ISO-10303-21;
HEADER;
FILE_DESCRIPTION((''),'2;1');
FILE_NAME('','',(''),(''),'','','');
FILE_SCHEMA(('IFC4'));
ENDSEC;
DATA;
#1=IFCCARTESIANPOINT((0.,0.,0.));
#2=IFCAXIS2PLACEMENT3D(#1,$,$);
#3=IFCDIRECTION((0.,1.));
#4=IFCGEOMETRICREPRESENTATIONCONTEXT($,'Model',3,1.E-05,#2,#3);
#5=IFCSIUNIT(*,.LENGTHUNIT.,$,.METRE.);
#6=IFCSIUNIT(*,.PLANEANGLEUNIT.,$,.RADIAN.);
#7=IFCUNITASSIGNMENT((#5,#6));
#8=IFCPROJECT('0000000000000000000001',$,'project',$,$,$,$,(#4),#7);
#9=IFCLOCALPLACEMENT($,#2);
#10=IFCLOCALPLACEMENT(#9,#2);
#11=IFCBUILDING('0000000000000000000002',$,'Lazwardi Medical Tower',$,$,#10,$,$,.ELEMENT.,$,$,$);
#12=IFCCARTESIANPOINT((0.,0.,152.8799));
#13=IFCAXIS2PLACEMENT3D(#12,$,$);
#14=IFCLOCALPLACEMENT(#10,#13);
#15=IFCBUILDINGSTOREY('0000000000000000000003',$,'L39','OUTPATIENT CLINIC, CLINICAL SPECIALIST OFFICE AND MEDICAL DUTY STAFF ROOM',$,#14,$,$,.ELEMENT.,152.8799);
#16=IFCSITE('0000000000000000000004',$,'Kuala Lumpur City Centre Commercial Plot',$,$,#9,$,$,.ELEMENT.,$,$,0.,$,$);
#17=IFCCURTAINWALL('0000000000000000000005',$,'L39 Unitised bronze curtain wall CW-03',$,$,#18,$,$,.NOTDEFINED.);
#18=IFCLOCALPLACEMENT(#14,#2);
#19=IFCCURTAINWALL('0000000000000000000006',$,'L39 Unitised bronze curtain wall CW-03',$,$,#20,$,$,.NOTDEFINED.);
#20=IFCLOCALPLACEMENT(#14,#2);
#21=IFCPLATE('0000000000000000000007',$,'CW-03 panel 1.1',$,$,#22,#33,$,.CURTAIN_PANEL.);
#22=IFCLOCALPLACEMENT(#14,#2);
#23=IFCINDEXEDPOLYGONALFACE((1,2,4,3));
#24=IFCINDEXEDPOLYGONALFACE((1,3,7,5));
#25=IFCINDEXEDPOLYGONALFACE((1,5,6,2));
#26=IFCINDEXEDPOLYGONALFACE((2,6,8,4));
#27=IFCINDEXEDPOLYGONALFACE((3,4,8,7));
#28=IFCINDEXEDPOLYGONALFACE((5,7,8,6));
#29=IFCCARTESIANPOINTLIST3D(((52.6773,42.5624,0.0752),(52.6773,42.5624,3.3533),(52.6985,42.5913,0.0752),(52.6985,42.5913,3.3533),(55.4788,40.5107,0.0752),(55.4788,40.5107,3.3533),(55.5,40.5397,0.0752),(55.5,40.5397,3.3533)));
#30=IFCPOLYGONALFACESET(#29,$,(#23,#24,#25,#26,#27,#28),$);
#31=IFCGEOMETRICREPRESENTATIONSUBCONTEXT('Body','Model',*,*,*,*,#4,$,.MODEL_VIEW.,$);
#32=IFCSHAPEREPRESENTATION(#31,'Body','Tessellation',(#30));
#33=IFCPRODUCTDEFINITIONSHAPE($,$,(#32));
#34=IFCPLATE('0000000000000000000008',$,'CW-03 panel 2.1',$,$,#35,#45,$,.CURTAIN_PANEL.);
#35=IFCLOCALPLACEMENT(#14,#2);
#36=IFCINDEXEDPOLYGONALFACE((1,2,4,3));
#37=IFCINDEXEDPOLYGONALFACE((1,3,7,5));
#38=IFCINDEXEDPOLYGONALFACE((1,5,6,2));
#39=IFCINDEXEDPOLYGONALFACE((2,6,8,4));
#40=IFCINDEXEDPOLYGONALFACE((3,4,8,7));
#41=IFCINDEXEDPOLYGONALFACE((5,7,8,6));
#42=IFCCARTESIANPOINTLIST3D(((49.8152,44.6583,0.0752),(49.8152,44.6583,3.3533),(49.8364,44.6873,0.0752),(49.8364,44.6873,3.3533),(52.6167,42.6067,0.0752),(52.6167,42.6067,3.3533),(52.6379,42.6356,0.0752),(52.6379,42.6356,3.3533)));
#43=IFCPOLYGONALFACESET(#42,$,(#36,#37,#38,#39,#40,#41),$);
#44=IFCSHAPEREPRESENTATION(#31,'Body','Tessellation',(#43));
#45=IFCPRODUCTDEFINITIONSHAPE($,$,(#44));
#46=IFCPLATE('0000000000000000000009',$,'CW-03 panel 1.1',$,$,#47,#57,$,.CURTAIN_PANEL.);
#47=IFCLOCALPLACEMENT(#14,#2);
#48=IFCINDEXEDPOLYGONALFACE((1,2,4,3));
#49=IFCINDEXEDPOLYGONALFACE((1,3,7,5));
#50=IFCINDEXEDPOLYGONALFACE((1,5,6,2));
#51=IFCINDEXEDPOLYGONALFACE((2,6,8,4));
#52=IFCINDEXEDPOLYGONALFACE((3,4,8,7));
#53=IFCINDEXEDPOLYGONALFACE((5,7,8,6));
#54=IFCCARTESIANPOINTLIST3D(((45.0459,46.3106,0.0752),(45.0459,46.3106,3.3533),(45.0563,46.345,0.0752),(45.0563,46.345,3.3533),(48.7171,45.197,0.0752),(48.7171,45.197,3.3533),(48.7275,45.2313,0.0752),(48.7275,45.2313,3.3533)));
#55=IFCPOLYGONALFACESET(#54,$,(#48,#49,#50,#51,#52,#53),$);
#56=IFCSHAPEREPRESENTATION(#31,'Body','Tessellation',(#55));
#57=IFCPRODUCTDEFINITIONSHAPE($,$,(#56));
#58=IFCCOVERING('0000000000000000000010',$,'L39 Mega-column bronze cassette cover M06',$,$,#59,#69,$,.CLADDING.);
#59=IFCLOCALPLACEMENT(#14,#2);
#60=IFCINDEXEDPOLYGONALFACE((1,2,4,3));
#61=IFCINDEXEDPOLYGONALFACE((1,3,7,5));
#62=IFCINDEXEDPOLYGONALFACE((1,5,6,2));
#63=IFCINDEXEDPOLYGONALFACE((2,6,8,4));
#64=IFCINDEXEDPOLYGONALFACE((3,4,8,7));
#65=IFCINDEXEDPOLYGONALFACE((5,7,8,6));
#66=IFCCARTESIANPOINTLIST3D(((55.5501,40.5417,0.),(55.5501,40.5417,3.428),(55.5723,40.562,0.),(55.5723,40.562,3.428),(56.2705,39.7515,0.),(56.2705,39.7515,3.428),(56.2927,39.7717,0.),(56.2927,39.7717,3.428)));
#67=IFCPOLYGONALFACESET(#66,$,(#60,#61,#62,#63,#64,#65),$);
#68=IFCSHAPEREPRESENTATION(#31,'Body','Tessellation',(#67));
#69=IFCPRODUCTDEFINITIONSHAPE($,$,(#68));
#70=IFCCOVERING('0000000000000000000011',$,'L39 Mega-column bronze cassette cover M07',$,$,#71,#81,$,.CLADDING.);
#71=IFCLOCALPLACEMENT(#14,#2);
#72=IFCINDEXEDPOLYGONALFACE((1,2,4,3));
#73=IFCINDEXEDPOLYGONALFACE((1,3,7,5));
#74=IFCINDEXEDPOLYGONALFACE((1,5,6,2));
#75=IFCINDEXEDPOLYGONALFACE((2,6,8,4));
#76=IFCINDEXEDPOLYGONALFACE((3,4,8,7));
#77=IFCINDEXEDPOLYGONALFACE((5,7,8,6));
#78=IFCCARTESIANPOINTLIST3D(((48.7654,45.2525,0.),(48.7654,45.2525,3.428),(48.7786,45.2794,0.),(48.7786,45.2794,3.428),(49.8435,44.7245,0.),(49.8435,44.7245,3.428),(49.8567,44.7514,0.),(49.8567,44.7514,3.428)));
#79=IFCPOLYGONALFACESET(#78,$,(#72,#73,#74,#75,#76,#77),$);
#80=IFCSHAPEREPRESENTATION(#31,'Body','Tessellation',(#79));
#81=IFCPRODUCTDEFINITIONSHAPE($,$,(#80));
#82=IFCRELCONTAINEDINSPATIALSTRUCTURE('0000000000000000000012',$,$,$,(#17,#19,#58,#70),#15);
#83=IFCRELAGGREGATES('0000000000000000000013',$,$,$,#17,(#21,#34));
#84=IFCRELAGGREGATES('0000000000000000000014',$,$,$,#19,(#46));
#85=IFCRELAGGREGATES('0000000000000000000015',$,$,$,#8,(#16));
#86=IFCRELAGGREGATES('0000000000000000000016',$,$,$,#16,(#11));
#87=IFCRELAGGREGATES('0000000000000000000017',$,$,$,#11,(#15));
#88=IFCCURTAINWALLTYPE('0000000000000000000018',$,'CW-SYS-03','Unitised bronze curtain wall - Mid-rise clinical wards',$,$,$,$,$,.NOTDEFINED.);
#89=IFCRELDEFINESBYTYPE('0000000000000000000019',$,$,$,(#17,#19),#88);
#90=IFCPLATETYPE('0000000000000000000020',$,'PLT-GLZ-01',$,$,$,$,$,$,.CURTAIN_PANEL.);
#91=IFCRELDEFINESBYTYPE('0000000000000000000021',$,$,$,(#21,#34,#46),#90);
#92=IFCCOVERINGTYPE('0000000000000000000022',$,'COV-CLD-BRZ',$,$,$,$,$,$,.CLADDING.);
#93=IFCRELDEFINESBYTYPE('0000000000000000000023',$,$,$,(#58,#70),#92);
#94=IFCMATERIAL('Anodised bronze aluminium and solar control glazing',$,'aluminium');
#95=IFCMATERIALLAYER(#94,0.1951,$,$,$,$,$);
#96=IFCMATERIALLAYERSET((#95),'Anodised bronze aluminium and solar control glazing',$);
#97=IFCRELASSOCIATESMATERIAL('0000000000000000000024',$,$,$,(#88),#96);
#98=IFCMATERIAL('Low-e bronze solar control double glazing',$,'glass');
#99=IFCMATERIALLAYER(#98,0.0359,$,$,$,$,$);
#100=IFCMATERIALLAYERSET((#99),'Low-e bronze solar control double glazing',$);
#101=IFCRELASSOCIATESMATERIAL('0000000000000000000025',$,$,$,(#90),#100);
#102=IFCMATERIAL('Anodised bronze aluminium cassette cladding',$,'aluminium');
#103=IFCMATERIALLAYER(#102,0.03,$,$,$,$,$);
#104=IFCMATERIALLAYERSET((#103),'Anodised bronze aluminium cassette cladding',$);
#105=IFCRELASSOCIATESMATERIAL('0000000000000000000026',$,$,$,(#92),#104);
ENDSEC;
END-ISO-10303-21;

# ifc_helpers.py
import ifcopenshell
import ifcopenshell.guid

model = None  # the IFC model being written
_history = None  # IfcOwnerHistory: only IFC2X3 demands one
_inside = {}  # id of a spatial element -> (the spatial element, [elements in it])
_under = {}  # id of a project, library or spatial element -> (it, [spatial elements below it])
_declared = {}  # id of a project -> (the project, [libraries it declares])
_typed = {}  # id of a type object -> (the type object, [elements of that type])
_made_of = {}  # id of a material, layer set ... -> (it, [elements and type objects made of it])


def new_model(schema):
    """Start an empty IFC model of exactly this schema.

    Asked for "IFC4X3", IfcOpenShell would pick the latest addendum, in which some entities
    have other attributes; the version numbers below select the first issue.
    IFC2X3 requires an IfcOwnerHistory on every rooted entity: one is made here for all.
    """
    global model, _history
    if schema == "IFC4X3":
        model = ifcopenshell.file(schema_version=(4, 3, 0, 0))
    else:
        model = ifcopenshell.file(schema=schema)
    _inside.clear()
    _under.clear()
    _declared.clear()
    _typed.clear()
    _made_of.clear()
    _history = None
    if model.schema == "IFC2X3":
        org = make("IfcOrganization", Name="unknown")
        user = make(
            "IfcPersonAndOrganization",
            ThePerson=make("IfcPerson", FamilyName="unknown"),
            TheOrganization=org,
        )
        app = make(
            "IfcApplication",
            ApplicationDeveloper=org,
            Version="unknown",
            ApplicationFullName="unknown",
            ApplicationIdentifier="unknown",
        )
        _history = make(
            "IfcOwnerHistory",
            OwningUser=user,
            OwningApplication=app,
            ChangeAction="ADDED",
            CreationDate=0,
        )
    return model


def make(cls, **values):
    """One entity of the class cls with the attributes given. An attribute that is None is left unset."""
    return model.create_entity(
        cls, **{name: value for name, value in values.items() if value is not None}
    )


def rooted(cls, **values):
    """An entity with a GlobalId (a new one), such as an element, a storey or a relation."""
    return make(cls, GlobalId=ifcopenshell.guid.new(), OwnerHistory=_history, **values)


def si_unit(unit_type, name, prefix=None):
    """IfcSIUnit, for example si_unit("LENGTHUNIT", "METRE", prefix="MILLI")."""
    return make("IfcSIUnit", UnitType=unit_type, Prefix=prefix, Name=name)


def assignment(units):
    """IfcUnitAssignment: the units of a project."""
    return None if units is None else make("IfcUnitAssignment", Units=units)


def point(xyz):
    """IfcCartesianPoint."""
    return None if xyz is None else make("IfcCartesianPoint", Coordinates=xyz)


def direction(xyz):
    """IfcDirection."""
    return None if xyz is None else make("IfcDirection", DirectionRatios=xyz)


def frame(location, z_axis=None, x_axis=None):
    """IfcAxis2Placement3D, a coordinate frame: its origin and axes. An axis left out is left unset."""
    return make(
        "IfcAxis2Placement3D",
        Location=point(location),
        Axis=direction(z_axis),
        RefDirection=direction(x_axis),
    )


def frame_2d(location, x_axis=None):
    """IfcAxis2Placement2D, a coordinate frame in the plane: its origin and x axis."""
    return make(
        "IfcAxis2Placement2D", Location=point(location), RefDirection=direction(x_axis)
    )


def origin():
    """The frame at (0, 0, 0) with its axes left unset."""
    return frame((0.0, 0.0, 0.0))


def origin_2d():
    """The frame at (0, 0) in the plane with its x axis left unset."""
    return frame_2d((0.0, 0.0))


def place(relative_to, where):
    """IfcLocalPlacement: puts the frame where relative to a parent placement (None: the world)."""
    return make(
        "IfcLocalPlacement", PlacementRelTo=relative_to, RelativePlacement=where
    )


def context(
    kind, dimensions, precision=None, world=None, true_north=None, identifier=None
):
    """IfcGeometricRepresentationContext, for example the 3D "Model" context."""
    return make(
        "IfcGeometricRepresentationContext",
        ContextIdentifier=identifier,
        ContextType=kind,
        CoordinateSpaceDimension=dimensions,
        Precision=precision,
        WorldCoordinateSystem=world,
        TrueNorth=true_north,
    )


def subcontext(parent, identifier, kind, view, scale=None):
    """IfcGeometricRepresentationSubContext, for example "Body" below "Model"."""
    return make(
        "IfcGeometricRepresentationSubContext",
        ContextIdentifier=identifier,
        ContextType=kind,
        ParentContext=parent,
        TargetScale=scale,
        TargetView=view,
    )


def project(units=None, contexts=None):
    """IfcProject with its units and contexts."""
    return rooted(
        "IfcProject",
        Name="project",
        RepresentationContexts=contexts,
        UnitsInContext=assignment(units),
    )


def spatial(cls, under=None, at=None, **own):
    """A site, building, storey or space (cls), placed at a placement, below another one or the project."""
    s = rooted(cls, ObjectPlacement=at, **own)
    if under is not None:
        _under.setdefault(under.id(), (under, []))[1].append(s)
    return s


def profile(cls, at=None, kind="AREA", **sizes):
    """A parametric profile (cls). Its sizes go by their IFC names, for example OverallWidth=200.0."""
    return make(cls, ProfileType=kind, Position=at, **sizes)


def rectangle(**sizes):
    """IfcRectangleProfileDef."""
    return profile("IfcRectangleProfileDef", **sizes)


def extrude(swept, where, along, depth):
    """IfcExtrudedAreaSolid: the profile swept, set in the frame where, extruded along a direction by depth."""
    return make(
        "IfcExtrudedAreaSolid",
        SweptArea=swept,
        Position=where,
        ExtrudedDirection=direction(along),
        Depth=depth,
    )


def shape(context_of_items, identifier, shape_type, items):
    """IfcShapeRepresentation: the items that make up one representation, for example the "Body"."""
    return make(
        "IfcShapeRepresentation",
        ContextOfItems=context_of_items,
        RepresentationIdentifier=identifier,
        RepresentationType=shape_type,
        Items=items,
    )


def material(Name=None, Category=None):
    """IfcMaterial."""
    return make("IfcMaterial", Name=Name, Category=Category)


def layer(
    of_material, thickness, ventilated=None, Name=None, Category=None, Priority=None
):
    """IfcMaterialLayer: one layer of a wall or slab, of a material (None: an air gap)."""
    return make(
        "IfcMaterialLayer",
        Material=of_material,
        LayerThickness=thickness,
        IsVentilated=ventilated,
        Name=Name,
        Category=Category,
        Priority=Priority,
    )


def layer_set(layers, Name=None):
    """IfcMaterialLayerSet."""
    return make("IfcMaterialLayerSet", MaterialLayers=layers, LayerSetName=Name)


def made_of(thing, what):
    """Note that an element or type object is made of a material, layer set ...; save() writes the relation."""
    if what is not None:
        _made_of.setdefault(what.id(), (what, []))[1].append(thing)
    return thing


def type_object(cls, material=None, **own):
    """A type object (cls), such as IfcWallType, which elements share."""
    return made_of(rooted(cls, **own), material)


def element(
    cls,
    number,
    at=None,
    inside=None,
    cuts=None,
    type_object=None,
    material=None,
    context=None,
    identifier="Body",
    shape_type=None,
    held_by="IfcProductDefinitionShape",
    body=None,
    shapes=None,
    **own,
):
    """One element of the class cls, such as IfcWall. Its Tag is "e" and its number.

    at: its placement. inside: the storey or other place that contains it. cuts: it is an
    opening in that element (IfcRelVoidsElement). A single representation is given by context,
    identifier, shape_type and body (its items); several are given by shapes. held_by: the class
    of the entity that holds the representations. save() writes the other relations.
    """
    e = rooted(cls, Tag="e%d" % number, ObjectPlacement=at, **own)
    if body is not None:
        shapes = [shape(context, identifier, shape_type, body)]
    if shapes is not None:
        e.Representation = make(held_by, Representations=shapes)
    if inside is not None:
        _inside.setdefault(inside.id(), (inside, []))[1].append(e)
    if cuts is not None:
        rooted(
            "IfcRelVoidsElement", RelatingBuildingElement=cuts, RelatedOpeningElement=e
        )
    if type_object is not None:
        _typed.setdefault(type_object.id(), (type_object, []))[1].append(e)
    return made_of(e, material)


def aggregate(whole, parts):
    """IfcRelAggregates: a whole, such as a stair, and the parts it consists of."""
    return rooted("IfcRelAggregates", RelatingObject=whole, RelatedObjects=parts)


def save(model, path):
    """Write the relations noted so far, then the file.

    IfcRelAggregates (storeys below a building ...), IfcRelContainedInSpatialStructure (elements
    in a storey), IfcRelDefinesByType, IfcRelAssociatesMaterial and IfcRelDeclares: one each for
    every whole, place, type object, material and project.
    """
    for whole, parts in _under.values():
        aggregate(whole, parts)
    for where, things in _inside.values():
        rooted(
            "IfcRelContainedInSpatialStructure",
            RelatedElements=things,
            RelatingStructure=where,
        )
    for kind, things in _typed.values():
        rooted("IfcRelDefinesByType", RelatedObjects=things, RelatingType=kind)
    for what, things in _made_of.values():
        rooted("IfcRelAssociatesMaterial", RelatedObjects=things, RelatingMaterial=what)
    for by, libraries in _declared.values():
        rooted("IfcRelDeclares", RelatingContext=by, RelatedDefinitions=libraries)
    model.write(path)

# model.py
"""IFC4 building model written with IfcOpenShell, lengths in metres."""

from ifc_helpers import new_model, si_unit, direction, frame, origin, origin_2d, place, context, subcontext, project, spatial, rectangle, extrude, material, layer, layer_set, type_object, element, aggregate, save


model = new_model("IFC4")

# Units and contexts
model_context = context("Model", 3, precision=1e-05, world=origin(), true_north=direction((0.0, 1.0)))
body_context = subcontext(model_context, "Body", "Model", "MODEL_VIEW")
ifc_project = project(units=[si_unit("LENGTHUNIT", "METRE"), si_unit("PLANEANGLEUNIT", "RADIAN")], contexts=[model_context])

# Site, building, storey
site_placement = place(None, origin())
site = spatial("IfcSite", under=ifc_project, at=site_placement, Name="Kuala Lumpur City Centre Commercial Plot", CompositionType="ELEMENT", RefElevation=0.0)
building_placement = place(site_placement, origin())
building = spatial("IfcBuilding", under=site, at=building_placement, Name="Lazwardi Medical Tower", CompositionType="ELEMENT")
storey_placement = place(building_placement, frame((0.0, 0.0, 152.8799)))
storey = spatial("IfcBuildingStorey", under=building, at=storey_placement, Name="L39", Description="OUTPATIENT CLINIC, CLINICAL SPECIALIST OFFICE AND MEDICAL DUTY STAFF ROOM", CompositionType="ELEMENT", Elevation=152.8799)

# Shared definitions
ifc_material_1 = material(Name="Anodised bronze aluminium and solar control glazing", Category="aluminium")
ifc_layer_1 = layer(ifc_material_1, 0.1951)
ifc_layer_set_1 = layer_set([ifc_layer_1], Name="Anodised bronze aluminium and solar control glazing")
curtain_wall_type = type_object("IfcCurtainWallType", Name="CW-SYS-03", Description="Unitised bronze curtain wall - Mid-rise clinical wards", PredefinedType="NOTDEFINED", material=ifc_layer_set_1)

# Curtain wall
curtain_wall_1_placement = place(storey_placement, origin())
curtain_wall_1 = element("IfcCurtainWall", 1, at=curtain_wall_1_placement, inside=storey, type_object=curtain_wall_type, Name="L39 Unitised bronze curtain wall CW-03", PredefinedType="NOTDEFINED")

# Curtain wall
curtain_wall_2_placement = place(storey_placement, origin())
curtain_wall_2 = element("IfcCurtainWall", 2, at=curtain_wall_2_placement, inside=storey, type_object=curtain_wall_type, Name="L39 Unitised bronze curtain wall CW-03", PredefinedType="NOTDEFINED")

# Plates
ifc_material_2 = material(Name="Low-e bronze solar control double glazing", Category="glass")
ifc_layer_2 = layer(ifc_material_2, 0.0359)
ifc_layer_set_2 = layer_set([ifc_layer_2], Name="Low-e bronze solar control double glazing")
plate_type = type_object("IfcPlateType", Name="PLT-GLZ-01", PredefinedType="CURTAIN_PANEL", material=ifc_layer_set_2)
plate_1_placement = place(storey_placement, frame((54.0886, 41.551, 0.0752), z_axis=(0.0, 0.0, 1.0), x_axis=(-0.806793, 0.590834, 0.0)))
plate_1 = element("IfcPlate", 3, at=plate_1_placement, type_object=plate_type, Name="CW-03 panel 1.1", PredefinedType="CURTAIN_PANEL", context=body_context, shape_type="SweptSolid", body=[
    extrude(rectangle(XDim=3.4724, YDim=0.0359, at=origin_2d()), origin(), (0.0, 0.0, 1.0), 3.2781),
])
plate_2_placement = place(storey_placement, frame((51.2266, 43.647, 0.0752), z_axis=(0.0, 0.0, 1.0), x_axis=(-0.806793, 0.590834, 0.0)))
plate_2 = element("IfcPlate", 4, at=plate_2_placement, type_object=plate_type, Name="CW-03 panel 2.1", PredefinedType="CURTAIN_PANEL", context=body_context, shape_type="SweptSolid", body=[
    extrude(rectangle(XDim=3.4724, YDim=0.0359, at=origin_2d()), origin(), (0.0, 0.0, 1.0), 3.2781),
])
aggregate(curtain_wall_1, [plate_1, plate_2])
plate_3_placement = place(storey_placement, frame((46.8867, 45.771, 0.0752), z_axis=(0.0, 0.0, 1.0), x_axis=(-0.956942, 0.290281, 0.0)))
plate_3 = element("IfcPlate", 5, at=plate_3_placement, type_object=plate_type, Name="CW-03 panel 1.1", PredefinedType="CURTAIN_PANEL", context=body_context, shape_type="SweptSolid", body=[
    extrude(rectangle(XDim=3.8364, YDim=0.0359, at=origin_2d()), origin(), (0.0, 0.0, 1.0), 3.2781),
])
aggregate(curtain_wall_2, [plate_3])

# Coverings
ifc_material_3 = material(Name="Anodised bronze aluminium cassette cladding", Category="aluminium")
ifc_layer_3 = layer(ifc_material_3, 0.03)
ifc_layer_set_3 = layer_set([ifc_layer_3], Name="Anodised bronze aluminium cassette cladding")
covering_type = type_object("IfcCoveringType", Name="COV-CLD-BRZ", PredefinedType="CLADDING", material=ifc_layer_set_3)
covering_1_placement = place(storey_placement, frame((55.9214, 40.1567, 0.0), z_axis=(0.0, 0.0, 1.0), x_axis=(-0.673714, 0.738992, 0.0)))
element("IfcCovering", 6, at=covering_1_placement, inside=storey, type_object=covering_type, Name="L39 Mega-column bronze cassette cover M06", PredefinedType="CLADDING", context=body_context, shape_type="SweptSolid", body=[
    extrude(rectangle(XDim=1.0693, YDim=0.03, at=origin_2d()), origin(), (0.0, 0.0, 1.0), 3.428),
])
covering_2_placement = place(storey_placement, frame((49.311, 45.002, 0.0), z_axis=(0.0, 0.0, 1.0), x_axis=(-0.898079, 0.439834, 0.0)))
element("IfcCovering", 7, at=covering_2_placement, inside=storey, type_object=covering_type, Name="L39 Mega-column bronze cassette cover M07", PredefinedType="CLADDING", context=body_context, shape_type="SweptSolid", body=[
    extrude(rectangle(XDim=1.2004, YDim=0.03, at=origin_2d()), origin(), (0.0, 0.0, 1.0), 3.428),
])

save(model, "model.ifc")
